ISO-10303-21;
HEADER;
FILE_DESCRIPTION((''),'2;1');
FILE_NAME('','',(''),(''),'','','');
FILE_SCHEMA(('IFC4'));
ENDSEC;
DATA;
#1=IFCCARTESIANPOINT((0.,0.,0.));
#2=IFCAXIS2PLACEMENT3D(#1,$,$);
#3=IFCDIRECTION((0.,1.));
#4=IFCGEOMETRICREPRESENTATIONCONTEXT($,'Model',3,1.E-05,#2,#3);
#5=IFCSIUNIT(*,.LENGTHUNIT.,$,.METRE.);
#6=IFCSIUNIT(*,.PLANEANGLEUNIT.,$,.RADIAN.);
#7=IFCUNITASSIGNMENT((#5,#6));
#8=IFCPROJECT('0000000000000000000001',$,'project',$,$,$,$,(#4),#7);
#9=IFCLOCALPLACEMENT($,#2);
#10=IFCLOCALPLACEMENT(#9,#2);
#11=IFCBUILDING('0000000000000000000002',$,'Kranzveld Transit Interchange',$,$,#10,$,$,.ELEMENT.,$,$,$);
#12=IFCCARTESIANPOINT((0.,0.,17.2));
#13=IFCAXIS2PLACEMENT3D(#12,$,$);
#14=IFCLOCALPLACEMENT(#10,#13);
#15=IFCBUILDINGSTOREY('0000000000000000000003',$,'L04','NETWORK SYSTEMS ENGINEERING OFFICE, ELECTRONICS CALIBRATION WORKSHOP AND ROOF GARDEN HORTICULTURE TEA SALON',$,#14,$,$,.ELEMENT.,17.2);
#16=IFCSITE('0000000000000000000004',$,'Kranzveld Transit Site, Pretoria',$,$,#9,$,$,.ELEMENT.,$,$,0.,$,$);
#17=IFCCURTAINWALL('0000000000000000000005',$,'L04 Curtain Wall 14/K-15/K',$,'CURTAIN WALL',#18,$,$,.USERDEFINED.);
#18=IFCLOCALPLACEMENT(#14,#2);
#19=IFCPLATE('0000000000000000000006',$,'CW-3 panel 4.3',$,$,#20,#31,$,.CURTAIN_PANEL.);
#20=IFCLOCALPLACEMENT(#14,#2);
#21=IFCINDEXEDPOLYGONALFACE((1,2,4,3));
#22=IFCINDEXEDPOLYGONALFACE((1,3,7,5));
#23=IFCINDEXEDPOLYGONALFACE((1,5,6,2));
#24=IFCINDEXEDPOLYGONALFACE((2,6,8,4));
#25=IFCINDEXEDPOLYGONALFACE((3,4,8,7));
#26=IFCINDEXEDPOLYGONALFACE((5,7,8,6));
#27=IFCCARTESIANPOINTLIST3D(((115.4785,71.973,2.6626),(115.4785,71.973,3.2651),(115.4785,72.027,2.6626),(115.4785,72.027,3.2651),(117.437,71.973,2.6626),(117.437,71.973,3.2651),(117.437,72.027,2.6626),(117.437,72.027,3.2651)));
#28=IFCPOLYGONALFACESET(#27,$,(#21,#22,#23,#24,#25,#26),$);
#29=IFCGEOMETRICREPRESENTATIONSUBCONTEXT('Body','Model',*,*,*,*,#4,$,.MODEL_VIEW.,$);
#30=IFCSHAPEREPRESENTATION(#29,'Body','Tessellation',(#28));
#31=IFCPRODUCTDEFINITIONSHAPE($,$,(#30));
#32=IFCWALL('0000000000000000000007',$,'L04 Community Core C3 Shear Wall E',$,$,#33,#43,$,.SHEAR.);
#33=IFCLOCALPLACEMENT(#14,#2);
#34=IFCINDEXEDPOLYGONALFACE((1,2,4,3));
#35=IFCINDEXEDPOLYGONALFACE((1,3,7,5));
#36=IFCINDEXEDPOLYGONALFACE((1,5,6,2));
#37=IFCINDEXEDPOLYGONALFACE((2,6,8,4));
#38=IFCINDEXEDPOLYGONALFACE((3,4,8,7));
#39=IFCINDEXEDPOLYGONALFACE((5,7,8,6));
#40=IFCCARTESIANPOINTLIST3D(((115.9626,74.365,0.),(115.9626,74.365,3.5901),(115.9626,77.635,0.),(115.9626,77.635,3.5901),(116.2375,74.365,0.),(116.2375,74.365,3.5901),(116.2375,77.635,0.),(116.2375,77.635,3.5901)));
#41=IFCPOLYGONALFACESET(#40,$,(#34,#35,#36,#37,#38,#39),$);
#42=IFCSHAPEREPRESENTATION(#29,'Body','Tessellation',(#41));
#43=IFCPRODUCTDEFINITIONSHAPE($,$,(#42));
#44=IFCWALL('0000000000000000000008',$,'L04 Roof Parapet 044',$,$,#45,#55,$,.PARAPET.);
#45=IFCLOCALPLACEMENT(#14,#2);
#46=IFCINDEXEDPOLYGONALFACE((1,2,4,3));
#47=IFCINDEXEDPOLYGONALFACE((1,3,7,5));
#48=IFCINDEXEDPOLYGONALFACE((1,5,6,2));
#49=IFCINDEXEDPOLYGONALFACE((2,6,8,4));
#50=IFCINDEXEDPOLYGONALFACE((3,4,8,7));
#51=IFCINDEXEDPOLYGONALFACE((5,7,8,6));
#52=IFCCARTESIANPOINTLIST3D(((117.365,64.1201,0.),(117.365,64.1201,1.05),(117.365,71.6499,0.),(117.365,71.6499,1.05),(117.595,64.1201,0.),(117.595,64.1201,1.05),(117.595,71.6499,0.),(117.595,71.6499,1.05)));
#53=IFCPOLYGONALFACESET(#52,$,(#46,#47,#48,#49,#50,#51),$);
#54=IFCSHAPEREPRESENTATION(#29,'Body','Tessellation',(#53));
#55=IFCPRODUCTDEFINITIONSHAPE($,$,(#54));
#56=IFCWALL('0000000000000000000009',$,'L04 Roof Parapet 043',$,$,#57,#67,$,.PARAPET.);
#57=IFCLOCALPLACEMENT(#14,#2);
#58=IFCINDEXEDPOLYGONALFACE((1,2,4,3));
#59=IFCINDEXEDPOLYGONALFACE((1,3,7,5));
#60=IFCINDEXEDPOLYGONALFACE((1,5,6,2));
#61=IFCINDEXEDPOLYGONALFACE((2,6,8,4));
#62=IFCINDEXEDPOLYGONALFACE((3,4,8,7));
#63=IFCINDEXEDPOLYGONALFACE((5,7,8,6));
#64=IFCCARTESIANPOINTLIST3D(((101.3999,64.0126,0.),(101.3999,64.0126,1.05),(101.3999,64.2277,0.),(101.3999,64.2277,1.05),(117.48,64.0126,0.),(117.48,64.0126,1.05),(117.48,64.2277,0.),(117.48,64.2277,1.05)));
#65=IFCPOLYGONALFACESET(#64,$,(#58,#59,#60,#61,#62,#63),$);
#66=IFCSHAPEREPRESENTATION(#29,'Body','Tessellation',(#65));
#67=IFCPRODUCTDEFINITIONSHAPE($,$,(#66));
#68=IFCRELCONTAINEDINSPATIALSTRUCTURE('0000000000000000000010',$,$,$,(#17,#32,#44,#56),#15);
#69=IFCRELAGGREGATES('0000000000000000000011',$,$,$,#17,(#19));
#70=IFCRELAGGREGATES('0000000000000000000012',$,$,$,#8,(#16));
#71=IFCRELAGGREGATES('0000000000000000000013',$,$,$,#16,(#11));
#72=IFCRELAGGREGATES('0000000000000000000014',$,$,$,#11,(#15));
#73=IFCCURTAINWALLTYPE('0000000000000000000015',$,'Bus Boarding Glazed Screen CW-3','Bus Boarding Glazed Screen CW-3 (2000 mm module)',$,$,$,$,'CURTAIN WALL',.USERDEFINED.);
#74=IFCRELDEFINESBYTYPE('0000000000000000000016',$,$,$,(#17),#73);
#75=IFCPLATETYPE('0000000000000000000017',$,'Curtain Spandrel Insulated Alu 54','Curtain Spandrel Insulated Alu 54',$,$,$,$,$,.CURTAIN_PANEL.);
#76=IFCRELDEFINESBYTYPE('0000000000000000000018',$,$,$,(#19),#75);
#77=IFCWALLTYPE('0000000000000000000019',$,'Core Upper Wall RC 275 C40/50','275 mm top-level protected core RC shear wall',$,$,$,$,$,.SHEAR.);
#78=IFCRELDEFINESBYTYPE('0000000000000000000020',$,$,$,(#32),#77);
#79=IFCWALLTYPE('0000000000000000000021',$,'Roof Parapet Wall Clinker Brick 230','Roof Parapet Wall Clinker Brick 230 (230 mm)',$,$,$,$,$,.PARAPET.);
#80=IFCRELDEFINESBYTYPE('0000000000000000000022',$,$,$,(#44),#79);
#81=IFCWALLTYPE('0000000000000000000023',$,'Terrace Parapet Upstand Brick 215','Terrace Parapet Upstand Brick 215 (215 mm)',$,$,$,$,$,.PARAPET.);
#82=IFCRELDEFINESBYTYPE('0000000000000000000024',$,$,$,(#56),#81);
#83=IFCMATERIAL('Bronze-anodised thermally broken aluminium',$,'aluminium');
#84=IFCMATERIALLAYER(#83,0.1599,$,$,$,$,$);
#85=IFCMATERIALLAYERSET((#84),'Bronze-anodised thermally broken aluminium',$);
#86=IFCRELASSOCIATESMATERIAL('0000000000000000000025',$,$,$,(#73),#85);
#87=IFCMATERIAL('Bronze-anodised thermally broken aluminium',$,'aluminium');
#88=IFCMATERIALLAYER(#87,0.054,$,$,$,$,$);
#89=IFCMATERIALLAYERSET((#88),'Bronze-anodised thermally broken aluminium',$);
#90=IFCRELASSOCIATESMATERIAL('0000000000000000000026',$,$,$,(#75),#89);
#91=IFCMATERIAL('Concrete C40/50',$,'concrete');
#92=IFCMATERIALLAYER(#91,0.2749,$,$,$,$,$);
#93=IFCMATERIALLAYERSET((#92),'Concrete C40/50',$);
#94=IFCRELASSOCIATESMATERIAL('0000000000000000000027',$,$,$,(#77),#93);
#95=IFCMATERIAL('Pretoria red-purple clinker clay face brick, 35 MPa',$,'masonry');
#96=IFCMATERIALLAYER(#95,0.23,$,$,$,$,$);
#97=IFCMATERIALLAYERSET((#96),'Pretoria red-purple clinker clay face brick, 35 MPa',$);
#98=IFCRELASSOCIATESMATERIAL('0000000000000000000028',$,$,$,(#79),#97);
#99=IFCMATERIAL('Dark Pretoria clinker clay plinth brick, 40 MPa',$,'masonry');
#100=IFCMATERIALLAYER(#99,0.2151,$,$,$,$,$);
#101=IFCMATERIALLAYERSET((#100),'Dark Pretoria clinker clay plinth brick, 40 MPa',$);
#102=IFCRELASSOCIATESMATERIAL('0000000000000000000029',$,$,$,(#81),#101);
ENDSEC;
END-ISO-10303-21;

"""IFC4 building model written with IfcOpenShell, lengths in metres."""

from ifc_helpers import new_model, si_unit, direction, frame, frame_2d, origin, origin_2d, place, context, subcontext, project, spatial, rectangle, extrude, material, layer, layer_set, type_object, element, aggregate, save


model = new_model("IFC4")

# Units and contexts
model_context = context("Model", 3, precision=1e-05, world=origin(), true_north=direction((0.0, 1.0)))
body_context = subcontext(model_context, "Body", "Model", "MODEL_VIEW")
ifc_project = project(units=[si_unit("LENGTHUNIT", "METRE"), si_unit("PLANEANGLEUNIT", "RADIAN")], contexts=[model_context])

# Site, building, storey
site_placement = place(None, origin())
site = spatial("IfcSite", under=ifc_project, at=site_placement, Name="Kranzveld Transit Site, Pretoria", CompositionType="ELEMENT", RefElevation=0.0)
building_placement = place(site_placement, origin())
building = spatial("IfcBuilding", under=site, at=building_placement, Name="Kranzveld Transit Interchange", CompositionType="ELEMENT")
storey_placement = place(building_placement, frame((0.0, 0.0, 17.2)))
storey = spatial("IfcBuildingStorey", under=building, at=storey_placement, Name="L04", Description="NETWORK SYSTEMS ENGINEERING OFFICE, ELECTRONICS CALIBRATION WORKSHOP AND ROOF GARDEN HORTICULTURE TEA SALON", CompositionType="ELEMENT", Elevation=17.2)

# Curtain wall, plate
ifc_material_1 = material(Name="Bronze-anodised thermally broken aluminium", Category="aluminium")
ifc_layer_1 = layer(ifc_material_1, 0.1599)
ifc_layer_set_1 = layer_set([ifc_layer_1], Name="Bronze-anodised thermally broken aluminium")
curtain_wall_type = type_object("IfcCurtainWallType", Name="Bus Boarding Glazed Screen CW-3", Description="Bus Boarding Glazed Screen CW-3 (2000 mm module)", ElementType="CURTAIN WALL", PredefinedType="USERDEFINED", material=ifc_layer_set_1)
curtain_wall_placement = place(storey_placement, origin())
curtain_wall = element("IfcCurtainWall", 1, at=curtain_wall_placement, inside=storey, type_object=curtain_wall_type, Name="L04 Curtain Wall 14/K-15/K", ObjectType="CURTAIN WALL", PredefinedType="USERDEFINED")
ifc_material_2 = material(Name="Bronze-anodised thermally broken aluminium", Category="aluminium")
ifc_layer_2 = layer(ifc_material_2, 0.054)
ifc_layer_set_2 = layer_set([ifc_layer_2], Name="Bronze-anodised thermally broken aluminium")
plate_type = type_object("IfcPlateType", Name="Curtain Spandrel Insulated Alu 54", Description="Curtain Spandrel Insulated Alu 54", PredefinedType="CURTAIN_PANEL", material=ifc_layer_set_2)
plate_1_placement = place(storey_placement, frame((116.4578, 72.0, 2.6626), z_axis=(0.0, 0.0, 1.0), x_axis=(1.0, 0.0, 0.0)))
plate_1 = element("IfcPlate", 2, at=plate_1_placement, type_object=plate_type, Name="CW-3 panel 4.3", PredefinedType="CURTAIN_PANEL", context=body_context, shape_type="SweptSolid", body=[
    extrude(rectangle(XDim=1.9585, YDim=0.054, at=origin_2d()), origin(), (0.0, 0.0, 1.0), 0.6025),
])
aggregate(curtain_wall, [plate_1])

# Wall
ifc_material_3 = material(Name="Concrete C40/50", Category="concrete")
ifc_layer_3 = layer(ifc_material_3, 0.2749)
ifc_layer_set_3 = layer_set([ifc_layer_3], Name="Concrete C40/50")
wall_type_1 = type_object("IfcWallType", Name="Core Upper Wall RC 275 C40/50", Description="275 mm top-level protected core RC shear wall", PredefinedType="SHEAR", material=ifc_layer_set_3)
wall_1_placement = place(storey_placement, frame((116.1001, 74.365, 0.0), z_axis=(0.0, 0.0, 1.0), x_axis=(0.0, 1.0, 0.0)))
element("IfcWall", 3, at=wall_1_placement, inside=storey, type_object=wall_type_1, Name="L04 Community Core C3 Shear Wall E", PredefinedType="SHEAR", context=body_context, shape_type="SweptSolid", body=[
    extrude(rectangle(XDim=3.27, YDim=0.2749, at=frame_2d((1.635, 0.0))), origin(), (0.0, 0.0, 1.0), 3.5901),
])

# Walls
ifc_material_4 = material(Name="Pretoria red-purple clinker clay face brick, 35 MPa", Category="masonry")
ifc_layer_4 = layer(ifc_material_4, 0.23)
ifc_layer_set_4 = layer_set([ifc_layer_4], Name="Pretoria red-purple clinker clay face brick, 35 MPa")
wall_type_2 = type_object("IfcWallType", Name="Roof Parapet Wall Clinker Brick 230", Description="Roof Parapet Wall Clinker Brick 230 (230 mm)", PredefinedType="PARAPET", material=ifc_layer_set_4)
wall_2_placement = place(storey_placement, frame((117.48, 71.6499, 0.0), z_axis=(0.0, 0.0, 1.0), x_axis=(0.0, -1.0, 0.0)))
element("IfcWall", 4, at=wall_2_placement, inside=storey, type_object=wall_type_2, Name="L04 Roof Parapet 044", PredefinedType="PARAPET", context=body_context, shape_type="SweptSolid", body=[
    extrude(rectangle(XDim=7.5298, YDim=0.23, at=frame_2d((3.7649, 0.0))), origin(), (0.0, 0.0, 1.0), 1.05),
])
ifc_material_5 = material(Name="Dark Pretoria clinker clay plinth brick, 40 MPa", Category="masonry")
ifc_layer_5 = layer(ifc_material_5, 0.2151)
ifc_layer_set_5 = layer_set([ifc_layer_5], Name="Dark Pretoria clinker clay plinth brick, 40 MPa")
wall_type_3 = type_object("IfcWallType", Name="Terrace Parapet Upstand Brick 215", Description="Terrace Parapet Upstand Brick 215 (215 mm)", PredefinedType="PARAPET", material=ifc_layer_set_5)
wall_3_placement = place(storey_placement, frame((117.48, 64.1201, 0.0), z_axis=(0.0, 0.0, 1.0), x_axis=(-1.0, 0.0, 0.0)))
element("IfcWall", 5, at=wall_3_placement, inside=storey, type_object=wall_type_3, Name="L04 Roof Parapet 043", PredefinedType="PARAPET", context=body_context, shape_type="SweptSolid", body=[
    extrude(rectangle(XDim=16.0801, YDim=0.2151, at=frame_2d((8.04, 0.0))), origin(), (0.0, 0.0, 1.0), 1.05),
])

save(model, "model.ifc")
